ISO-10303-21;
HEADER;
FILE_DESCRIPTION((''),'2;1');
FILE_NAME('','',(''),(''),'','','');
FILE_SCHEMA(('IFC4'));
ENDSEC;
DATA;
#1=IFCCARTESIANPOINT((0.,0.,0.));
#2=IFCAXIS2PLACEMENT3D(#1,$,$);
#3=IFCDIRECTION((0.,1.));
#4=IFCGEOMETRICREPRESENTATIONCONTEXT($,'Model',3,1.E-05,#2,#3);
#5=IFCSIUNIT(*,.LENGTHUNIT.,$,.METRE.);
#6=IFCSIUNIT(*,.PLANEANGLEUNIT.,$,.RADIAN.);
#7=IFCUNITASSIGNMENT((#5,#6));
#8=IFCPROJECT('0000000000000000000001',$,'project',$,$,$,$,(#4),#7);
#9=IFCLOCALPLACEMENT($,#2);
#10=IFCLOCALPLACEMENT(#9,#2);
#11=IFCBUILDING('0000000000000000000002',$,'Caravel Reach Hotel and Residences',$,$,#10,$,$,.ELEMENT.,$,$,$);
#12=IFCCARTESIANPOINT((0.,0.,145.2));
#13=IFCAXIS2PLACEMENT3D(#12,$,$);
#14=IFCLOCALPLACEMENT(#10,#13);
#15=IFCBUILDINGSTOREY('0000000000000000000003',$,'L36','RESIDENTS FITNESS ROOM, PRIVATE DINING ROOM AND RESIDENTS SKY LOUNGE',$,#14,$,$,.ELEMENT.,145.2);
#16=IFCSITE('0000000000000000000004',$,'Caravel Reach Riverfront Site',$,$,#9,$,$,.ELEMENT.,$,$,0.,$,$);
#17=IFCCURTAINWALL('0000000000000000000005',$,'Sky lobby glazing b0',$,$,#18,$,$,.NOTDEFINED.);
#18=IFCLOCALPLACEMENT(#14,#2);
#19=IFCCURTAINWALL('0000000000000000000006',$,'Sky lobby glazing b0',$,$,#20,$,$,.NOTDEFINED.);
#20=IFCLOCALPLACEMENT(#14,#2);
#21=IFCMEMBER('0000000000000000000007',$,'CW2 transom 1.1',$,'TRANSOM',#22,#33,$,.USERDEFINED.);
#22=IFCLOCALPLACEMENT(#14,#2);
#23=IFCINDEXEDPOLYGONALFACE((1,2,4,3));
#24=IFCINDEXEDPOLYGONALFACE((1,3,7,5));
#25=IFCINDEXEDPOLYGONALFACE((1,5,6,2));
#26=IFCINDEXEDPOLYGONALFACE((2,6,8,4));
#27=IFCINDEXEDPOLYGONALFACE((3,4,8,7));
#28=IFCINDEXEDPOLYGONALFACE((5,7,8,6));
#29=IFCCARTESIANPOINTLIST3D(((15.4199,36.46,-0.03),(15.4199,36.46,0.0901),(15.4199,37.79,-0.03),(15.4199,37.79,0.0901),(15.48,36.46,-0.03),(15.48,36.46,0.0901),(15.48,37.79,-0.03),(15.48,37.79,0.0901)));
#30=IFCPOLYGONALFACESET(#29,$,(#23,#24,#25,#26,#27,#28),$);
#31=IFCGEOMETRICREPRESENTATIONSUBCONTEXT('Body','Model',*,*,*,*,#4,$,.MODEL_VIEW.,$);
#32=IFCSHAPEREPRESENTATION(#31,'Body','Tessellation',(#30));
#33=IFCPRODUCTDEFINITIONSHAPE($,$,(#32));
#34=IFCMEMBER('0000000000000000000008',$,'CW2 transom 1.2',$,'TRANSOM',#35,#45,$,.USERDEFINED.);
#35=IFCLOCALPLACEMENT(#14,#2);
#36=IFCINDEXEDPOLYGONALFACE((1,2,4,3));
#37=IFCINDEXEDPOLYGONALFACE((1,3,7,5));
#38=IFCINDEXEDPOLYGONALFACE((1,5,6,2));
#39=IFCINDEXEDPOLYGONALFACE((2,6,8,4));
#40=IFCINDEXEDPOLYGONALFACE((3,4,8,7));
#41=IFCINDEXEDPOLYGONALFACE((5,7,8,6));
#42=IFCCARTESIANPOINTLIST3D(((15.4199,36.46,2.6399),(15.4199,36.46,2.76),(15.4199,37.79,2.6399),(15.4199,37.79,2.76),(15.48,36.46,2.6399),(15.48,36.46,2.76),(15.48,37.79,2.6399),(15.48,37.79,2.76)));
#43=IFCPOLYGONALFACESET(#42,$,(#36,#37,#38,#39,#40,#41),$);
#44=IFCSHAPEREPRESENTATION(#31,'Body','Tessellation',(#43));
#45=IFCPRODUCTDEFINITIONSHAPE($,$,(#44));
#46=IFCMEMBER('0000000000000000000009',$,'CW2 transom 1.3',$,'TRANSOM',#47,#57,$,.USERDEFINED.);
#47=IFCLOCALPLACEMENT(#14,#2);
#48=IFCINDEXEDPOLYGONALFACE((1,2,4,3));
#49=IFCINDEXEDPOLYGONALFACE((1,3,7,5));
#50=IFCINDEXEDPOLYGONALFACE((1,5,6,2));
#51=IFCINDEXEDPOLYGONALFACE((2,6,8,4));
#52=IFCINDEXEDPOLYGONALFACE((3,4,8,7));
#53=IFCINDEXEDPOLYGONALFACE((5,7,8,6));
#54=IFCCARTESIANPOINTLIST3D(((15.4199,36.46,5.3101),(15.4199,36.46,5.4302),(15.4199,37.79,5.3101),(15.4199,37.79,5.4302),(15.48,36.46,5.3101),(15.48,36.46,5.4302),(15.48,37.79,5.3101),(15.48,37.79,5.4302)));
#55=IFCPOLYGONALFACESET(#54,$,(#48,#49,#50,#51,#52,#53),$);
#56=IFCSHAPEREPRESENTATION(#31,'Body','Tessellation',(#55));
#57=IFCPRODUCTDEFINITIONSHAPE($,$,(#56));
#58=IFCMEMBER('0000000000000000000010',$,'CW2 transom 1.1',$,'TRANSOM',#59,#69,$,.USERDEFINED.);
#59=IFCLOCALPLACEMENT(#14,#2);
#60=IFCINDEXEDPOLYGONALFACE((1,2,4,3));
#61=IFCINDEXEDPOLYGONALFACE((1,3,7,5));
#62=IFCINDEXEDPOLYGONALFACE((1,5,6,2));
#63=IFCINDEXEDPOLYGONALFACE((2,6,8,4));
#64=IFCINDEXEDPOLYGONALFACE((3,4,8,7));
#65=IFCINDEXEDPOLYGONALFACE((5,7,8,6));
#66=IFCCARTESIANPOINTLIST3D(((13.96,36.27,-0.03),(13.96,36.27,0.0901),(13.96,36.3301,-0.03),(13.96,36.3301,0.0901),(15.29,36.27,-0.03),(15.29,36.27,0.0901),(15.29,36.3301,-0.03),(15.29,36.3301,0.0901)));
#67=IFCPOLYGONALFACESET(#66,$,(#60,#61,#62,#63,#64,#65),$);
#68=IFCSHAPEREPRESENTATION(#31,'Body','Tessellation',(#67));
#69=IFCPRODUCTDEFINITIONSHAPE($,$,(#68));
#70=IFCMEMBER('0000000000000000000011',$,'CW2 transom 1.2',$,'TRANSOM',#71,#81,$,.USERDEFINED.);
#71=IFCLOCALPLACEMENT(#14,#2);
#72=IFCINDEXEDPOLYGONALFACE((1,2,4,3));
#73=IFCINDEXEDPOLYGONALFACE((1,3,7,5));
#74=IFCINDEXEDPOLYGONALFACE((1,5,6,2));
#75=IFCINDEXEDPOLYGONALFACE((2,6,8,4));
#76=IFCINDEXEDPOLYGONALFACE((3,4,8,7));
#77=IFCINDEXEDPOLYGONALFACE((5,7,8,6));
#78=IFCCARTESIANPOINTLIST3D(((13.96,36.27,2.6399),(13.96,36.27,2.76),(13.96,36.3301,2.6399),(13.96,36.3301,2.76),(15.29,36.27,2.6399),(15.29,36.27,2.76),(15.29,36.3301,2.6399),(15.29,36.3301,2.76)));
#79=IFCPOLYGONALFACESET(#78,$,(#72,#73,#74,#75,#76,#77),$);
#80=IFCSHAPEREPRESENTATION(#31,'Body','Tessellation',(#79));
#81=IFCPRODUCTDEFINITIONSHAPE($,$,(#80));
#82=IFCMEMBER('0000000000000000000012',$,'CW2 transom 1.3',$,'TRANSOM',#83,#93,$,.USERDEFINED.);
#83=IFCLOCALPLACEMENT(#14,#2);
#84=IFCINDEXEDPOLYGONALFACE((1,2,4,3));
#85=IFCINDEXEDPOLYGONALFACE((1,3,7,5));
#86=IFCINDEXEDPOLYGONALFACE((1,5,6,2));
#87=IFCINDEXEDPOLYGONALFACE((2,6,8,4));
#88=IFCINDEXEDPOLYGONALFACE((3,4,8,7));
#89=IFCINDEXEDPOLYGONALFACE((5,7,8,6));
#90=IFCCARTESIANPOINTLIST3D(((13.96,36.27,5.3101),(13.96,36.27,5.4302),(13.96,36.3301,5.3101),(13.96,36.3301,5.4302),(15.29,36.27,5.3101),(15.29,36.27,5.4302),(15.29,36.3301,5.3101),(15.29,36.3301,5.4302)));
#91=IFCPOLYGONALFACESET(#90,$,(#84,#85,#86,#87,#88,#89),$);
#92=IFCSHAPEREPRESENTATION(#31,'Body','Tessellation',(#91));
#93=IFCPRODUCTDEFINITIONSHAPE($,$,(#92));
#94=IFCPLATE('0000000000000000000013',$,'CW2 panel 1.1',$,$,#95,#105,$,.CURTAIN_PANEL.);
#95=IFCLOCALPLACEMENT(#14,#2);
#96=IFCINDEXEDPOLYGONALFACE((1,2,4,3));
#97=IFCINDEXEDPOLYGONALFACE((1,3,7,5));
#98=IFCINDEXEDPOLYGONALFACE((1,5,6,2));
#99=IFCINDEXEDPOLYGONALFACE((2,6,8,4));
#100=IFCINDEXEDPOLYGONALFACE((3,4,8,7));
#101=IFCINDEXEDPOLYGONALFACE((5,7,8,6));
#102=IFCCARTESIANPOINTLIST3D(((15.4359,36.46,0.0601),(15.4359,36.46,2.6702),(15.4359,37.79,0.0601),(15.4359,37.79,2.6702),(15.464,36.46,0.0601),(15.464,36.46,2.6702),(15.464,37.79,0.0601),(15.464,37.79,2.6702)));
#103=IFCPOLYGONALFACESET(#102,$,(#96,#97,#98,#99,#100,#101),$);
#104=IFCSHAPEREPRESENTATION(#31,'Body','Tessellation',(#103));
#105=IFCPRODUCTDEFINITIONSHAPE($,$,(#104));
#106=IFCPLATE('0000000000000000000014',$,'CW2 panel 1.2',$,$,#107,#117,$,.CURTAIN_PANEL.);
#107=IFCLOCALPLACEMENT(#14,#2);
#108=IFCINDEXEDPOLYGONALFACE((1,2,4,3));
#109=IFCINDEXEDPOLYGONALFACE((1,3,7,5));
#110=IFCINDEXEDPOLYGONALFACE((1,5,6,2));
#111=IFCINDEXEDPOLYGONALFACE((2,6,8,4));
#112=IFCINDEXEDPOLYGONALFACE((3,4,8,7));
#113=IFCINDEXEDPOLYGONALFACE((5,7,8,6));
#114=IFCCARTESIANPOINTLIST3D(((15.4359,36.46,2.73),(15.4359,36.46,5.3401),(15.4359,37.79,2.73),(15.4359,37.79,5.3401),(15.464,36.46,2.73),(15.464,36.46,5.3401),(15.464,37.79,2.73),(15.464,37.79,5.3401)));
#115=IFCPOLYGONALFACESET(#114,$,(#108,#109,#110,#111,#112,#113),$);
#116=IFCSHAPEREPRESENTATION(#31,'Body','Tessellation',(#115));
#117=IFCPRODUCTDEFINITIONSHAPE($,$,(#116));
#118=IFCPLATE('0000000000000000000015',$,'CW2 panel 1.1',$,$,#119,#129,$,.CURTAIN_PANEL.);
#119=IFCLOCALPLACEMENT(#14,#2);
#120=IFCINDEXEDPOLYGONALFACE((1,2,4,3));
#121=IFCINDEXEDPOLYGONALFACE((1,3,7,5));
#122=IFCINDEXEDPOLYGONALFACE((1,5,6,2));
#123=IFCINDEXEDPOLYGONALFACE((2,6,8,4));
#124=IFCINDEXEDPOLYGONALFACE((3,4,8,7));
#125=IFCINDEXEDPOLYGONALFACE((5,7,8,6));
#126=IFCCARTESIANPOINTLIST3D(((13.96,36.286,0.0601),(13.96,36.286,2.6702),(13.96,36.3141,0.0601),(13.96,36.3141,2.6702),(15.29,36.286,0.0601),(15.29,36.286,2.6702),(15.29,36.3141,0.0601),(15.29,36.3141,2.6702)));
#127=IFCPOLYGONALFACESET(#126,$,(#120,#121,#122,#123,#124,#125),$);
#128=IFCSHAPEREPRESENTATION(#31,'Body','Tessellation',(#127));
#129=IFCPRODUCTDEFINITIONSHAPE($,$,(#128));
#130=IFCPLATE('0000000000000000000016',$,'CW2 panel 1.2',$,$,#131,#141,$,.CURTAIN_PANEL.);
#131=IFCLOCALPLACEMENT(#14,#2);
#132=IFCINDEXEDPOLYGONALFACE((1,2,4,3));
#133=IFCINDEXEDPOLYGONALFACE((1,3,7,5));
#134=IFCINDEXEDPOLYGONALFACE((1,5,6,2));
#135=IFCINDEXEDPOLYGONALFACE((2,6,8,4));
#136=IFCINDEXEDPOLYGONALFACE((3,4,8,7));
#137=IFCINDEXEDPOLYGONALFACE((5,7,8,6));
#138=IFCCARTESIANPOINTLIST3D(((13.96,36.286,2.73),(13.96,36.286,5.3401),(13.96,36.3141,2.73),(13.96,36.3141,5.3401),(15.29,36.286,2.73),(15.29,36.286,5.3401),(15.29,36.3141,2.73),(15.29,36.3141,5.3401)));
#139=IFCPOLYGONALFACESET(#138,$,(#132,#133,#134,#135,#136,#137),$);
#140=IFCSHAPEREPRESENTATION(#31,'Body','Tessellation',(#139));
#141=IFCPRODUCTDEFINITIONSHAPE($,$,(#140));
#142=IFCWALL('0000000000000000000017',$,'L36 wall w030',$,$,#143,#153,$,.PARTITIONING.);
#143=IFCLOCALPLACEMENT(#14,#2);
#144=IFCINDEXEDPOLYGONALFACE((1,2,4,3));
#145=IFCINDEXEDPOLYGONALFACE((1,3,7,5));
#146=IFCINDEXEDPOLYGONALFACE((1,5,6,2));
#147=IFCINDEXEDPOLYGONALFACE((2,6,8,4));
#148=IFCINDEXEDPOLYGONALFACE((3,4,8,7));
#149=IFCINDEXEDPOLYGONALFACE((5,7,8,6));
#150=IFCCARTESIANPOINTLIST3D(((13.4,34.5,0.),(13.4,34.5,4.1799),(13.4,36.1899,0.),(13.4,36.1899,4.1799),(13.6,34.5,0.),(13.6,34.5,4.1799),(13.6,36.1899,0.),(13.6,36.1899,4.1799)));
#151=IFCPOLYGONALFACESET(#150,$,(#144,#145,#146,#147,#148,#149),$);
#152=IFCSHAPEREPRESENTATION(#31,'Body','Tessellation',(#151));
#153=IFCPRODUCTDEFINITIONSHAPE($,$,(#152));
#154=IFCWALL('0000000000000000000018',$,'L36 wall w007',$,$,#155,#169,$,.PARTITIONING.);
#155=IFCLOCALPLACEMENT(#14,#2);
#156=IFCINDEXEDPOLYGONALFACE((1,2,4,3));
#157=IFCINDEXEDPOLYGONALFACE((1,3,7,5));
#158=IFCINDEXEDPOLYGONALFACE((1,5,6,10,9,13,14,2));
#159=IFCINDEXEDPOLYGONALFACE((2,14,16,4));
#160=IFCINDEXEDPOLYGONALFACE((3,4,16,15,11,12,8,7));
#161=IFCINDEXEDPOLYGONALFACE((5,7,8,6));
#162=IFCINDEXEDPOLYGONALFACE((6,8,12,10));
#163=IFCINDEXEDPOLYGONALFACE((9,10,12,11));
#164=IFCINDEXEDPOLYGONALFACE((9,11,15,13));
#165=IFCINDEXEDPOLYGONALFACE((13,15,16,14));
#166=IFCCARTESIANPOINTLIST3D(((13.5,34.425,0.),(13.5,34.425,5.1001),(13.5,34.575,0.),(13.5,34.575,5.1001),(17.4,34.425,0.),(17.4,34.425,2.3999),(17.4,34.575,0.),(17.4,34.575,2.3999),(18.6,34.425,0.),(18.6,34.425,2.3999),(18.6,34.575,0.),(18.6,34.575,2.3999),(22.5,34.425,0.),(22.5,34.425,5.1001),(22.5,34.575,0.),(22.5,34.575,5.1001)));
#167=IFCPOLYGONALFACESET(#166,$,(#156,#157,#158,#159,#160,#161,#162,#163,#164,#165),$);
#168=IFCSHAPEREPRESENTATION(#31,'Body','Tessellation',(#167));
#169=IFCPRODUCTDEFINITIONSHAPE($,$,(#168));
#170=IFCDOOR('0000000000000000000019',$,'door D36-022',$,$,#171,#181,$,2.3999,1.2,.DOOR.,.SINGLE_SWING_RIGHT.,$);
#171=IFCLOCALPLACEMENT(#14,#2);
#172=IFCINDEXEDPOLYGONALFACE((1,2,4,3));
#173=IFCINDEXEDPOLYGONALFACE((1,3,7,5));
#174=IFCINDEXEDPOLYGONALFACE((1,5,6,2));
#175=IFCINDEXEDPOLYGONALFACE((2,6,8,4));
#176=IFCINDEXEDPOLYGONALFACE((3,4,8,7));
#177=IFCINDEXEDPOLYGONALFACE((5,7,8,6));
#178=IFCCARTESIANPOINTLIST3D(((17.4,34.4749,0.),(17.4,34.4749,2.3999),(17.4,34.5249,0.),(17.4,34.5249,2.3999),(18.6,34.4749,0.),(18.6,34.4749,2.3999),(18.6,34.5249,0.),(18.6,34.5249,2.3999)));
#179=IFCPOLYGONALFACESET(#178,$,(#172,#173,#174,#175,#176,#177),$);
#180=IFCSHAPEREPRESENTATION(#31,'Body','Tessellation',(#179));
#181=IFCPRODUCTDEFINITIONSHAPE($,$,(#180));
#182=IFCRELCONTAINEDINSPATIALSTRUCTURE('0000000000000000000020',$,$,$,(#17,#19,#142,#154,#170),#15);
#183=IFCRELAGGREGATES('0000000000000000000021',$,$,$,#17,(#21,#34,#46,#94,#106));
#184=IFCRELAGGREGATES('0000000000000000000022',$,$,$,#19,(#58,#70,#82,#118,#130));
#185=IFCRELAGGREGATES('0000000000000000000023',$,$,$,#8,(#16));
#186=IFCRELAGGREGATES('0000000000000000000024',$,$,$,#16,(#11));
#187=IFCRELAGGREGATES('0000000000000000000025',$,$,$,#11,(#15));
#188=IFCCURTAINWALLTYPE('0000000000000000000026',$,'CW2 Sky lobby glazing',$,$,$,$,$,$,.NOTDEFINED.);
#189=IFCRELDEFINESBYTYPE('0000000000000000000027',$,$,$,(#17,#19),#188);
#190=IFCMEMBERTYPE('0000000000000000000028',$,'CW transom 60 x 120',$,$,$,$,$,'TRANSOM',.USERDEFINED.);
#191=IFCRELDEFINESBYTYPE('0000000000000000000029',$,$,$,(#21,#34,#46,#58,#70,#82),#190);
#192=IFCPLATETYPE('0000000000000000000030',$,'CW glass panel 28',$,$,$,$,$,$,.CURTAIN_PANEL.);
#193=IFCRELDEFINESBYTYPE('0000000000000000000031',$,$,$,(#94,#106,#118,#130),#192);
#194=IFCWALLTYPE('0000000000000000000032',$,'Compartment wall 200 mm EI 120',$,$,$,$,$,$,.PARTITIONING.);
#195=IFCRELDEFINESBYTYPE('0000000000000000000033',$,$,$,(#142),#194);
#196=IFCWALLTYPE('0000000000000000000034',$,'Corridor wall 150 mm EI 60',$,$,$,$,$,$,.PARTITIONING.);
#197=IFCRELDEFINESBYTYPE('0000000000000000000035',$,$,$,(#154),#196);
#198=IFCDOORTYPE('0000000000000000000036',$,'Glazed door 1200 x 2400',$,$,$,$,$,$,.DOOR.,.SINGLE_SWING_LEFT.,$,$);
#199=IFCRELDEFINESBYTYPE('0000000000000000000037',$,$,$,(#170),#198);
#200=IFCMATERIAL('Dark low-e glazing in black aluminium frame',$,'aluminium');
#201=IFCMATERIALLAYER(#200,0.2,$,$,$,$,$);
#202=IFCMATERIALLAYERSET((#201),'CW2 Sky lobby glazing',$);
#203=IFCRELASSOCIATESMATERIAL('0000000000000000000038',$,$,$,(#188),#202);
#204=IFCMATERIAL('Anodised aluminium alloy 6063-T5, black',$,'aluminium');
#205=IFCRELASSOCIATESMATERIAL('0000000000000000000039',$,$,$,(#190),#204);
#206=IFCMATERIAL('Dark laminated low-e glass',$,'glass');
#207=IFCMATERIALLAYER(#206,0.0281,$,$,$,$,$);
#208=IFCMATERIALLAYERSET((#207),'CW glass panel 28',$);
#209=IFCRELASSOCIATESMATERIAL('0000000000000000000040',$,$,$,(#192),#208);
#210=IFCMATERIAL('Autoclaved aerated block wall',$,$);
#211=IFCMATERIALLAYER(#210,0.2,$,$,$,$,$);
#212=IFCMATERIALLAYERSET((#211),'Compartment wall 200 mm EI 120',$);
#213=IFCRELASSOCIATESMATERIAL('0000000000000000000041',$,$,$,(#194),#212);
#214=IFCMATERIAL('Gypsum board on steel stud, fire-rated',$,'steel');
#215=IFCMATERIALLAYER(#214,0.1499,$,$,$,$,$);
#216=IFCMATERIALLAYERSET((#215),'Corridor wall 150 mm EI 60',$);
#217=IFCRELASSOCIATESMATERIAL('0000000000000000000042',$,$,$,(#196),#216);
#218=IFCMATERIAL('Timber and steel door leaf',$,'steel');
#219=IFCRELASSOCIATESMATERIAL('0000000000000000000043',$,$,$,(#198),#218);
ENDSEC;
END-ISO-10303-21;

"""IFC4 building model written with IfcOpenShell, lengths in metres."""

from ifc_helpers import new_model, si_unit, direction, frame, frame_2d, origin, origin_2d, place, context, subcontext, project, spatial, rectangle, extrude, material, layer, layer_set, material_profile, profile_set, type_object, element, fill, aggregate, save


model = new_model("IFC4")

# Units and contexts
model_context = context("Model", 3, precision=1e-05, world=origin(), true_north=direction((0.0, 1.0)))
body_context = subcontext(model_context, "Body", "Model", "MODEL_VIEW")
ifc_project = project(units=[si_unit("LENGTHUNIT", "METRE"), si_unit("PLANEANGLEUNIT", "RADIAN")], contexts=[model_context])

# Site, building, storey
site_placement = place(None, origin())
site = spatial("IfcSite", under=ifc_project, at=site_placement, Name="Caravel Reach Riverfront Site", CompositionType="ELEMENT", RefElevation=0.0)
building_placement = place(site_placement, origin())
building = spatial("IfcBuilding", under=site, at=building_placement, Name="Caravel Reach Hotel and Residences", CompositionType="ELEMENT")
storey_placement = place(building_placement, frame((0.0, 0.0, 145.2)))
storey = spatial("IfcBuildingStorey", under=building, at=storey_placement, Name="L36", Description="RESIDENTS FITNESS ROOM, PRIVATE DINING ROOM AND RESIDENTS SKY LOUNGE", CompositionType="ELEMENT", Elevation=145.2)

# Curtain wall
ifc_material_1 = material(Name="Dark low-e glazing in black aluminium frame", Category="aluminium")
ifc_layer_1 = layer(ifc_material_1, 0.2)
ifc_layer_set_1 = layer_set([ifc_layer_1], Name="CW2 Sky lobby glazing")
curtain_wall_type = type_object("IfcCurtainWallType", Name="CW2 Sky lobby glazing", PredefinedType="NOTDEFINED", material=ifc_layer_set_1)
curtain_wall_1_placement = place(storey_placement, origin())
curtain_wall_1 = element("IfcCurtainWall", 1, at=curtain_wall_1_placement, inside=storey, type_object=curtain_wall_type, Name="Sky lobby glazing b0", PredefinedType="NOTDEFINED")

# Curtain wall
curtain_wall_2_placement = place(storey_placement, origin())
curtain_wall_2 = element("IfcCurtainWall", 2, at=curtain_wall_2_placement, inside=storey, type_object=curtain_wall_type, Name="Sky lobby glazing b0", PredefinedType="NOTDEFINED")

# Members
ifc_material_2 = material(Name="Anodised aluminium alloy 6063-T5, black", Category="aluminium")
ifc_material_profile_1 = material_profile(ifc_material_2, rectangle(XDim=0.0601, YDim=0.1201, at=origin_2d()), Name="CW transom 60 x 120")
ifc_profile_set_1 = profile_set([ifc_material_profile_1], Name="Anodised aluminium alloy 6063-T5, black")
member_type_1 = type_object("IfcMemberType", Name="CW transom 60 x 120", ElementType="TRANSOM", PredefinedType="USERDEFINED", material=ifc_profile_set_1)
member_1_placement = place(storey_placement, frame((15.45, 37.79, 0.03), z_axis=(0.0, -1.0, 0.0), x_axis=(1.0, 0.0, 0.0)))
member_1 = element("IfcMember", 3, at=member_1_placement, type_object=member_type_1, Name="CW2 transom 1.1", ObjectType="TRANSOM", PredefinedType="USERDEFINED", context=body_context, shape_type="SweptSolid", body=[
    extrude(rectangle(XDim=0.0601, YDim=0.1201, at=origin_2d()), origin(), (0.0, 0.0, 1.0), 1.3301),
])
member_2_placement = place(storey_placement, frame((15.45, 37.79, 2.7), z_axis=(0.0, -1.0, 0.0), x_axis=(1.0, 0.0, 0.0)))
member_2 = element("IfcMember", 4, at=member_2_placement, type_object=member_type_1, Name="CW2 transom 1.2", ObjectType="TRANSOM", PredefinedType="USERDEFINED", context=body_context, shape_type="SweptSolid", body=[
    extrude(rectangle(XDim=0.0601, YDim=0.1201, at=origin_2d()), origin(), (0.0, 0.0, 1.0), 1.3301),
])
member_3_placement = place(storey_placement, frame((15.45, 37.79, 5.3701), z_axis=(0.0, -1.0, 0.0), x_axis=(1.0, 0.0, 0.0)))
member_3 = element("IfcMember", 5, at=member_3_placement, type_object=member_type_1, Name="CW2 transom 1.3", ObjectType="TRANSOM", PredefinedType="USERDEFINED", context=body_context, shape_type="SweptSolid", body=[
    extrude(rectangle(XDim=0.0601, YDim=0.1201, at=origin_2d()), origin(), (0.0, 0.0, 1.0), 1.3301),
])
member_4_placement = place(storey_placement, frame((15.29, 36.3, 0.03), z_axis=(-1.0, 0.0, 0.0), x_axis=(0.0, -1.0, 0.0)))
member_4 = element("IfcMember", 6, at=member_4_placement, type_object=member_type_1, Name="CW2 transom 1.1", ObjectType="TRANSOM", PredefinedType="USERDEFINED", context=body_context, shape_type="SweptSolid", body=[
    extrude(rectangle(XDim=0.0601, YDim=0.1201, at=origin_2d()), origin(), (0.0, 0.0, 1.0), 1.3301),
])
member_5_placement = place(storey_placement, frame((15.29, 36.3, 2.7), z_axis=(-1.0, 0.0, 0.0), x_axis=(0.0, -1.0, 0.0)))
member_5 = element("IfcMember", 7, at=member_5_placement, type_object=member_type_1, Name="CW2 transom 1.2", ObjectType="TRANSOM", PredefinedType="USERDEFINED", context=body_context, shape_type="SweptSolid", body=[
    extrude(rectangle(XDim=0.0601, YDim=0.1201, at=origin_2d()), origin(), (0.0, 0.0, 1.0), 1.3301),
])
member_6_placement = place(storey_placement, frame((15.29, 36.3, 5.3701), z_axis=(-1.0, 0.0, 0.0), x_axis=(0.0, -1.0, 0.0)))
member_6 = element("IfcMember", 8, at=member_6_placement, type_object=member_type_1, Name="CW2 transom 1.3", ObjectType="TRANSOM", PredefinedType="USERDEFINED", context=body_context, shape_type="SweptSolid", body=[
    extrude(rectangle(XDim=0.0601, YDim=0.1201, at=origin_2d()), origin(), (0.0, 0.0, 1.0), 1.3301),
])

# Plates
ifc_material_3 = material(Name="Dark laminated low-e glass", Category="glass")
ifc_layer_2 = layer(ifc_material_3, 0.0281)
ifc_layer_set_2 = layer_set([ifc_layer_2], Name="CW glass panel 28")
plate_type = type_object("IfcPlateType", Name="CW glass panel 28", PredefinedType="CURTAIN_PANEL", material=ifc_layer_set_2)
plate_1_placement = place(storey_placement, frame((15.45, 37.125, 0.0601), z_axis=(0.0, 0.0, 1.0), x_axis=(0.0, -1.0, 0.0)))
plate_1 = element("IfcPlate", 9, at=plate_1_placement, type_object=plate_type, Name="CW2 panel 1.1", PredefinedType="CURTAIN_PANEL", context=body_context, shape_type="SweptSolid", body=[
    extrude(rectangle(XDim=1.3301, YDim=0.0281, at=origin_2d()), origin(), (0.0, 0.0, 1.0), 2.6101),
])
plate_2_placement = place(storey_placement, frame((15.45, 37.125, 2.73), z_axis=(0.0, 0.0, 1.0), x_axis=(0.0, -1.0, 0.0)))
plate_2 = element("IfcPlate", 10, at=plate_2_placement, type_object=plate_type, Name="CW2 panel 1.2", PredefinedType="CURTAIN_PANEL", context=body_context, shape_type="SweptSolid", body=[
    extrude(rectangle(XDim=1.3301, YDim=0.0281, at=origin_2d()), origin(), (0.0, 0.0, 1.0), 2.6101),
])
aggregate(curtain_wall_1, [member_1, member_2, member_3, plate_1, plate_2])
plate_3_placement = place(storey_placement, frame((14.625, 36.3, 0.0601), z_axis=(0.0, 0.0, 1.0), x_axis=(-1.0, 0.0, 0.0)))
plate_3 = element("IfcPlate", 11, at=plate_3_placement, type_object=plate_type, Name="CW2 panel 1.1", PredefinedType="CURTAIN_PANEL", context=body_context, shape_type="SweptSolid", body=[
    extrude(rectangle(XDim=1.3301, YDim=0.0281, at=origin_2d()), origin(), (0.0, 0.0, 1.0), 2.6101),
])
plate_4_placement = place(storey_placement, frame((14.625, 36.3, 2.73), z_axis=(0.0, 0.0, 1.0), x_axis=(-1.0, 0.0, 0.0)))
plate_4 = element("IfcPlate", 12, at=plate_4_placement, type_object=plate_type, Name="CW2 panel 1.2", PredefinedType="CURTAIN_PANEL", context=body_context, shape_type="SweptSolid", body=[
    extrude(rectangle(XDim=1.3301, YDim=0.0281, at=origin_2d()), origin(), (0.0, 0.0, 1.0), 2.6101),
])
aggregate(curtain_wall_2, [member_4, member_5, member_6, plate_3, plate_4])

# Wall
ifc_material_4 = material(Name="Autoclaved aerated block wall")
ifc_layer_3 = layer(ifc_material_4, 0.2)
ifc_layer_set_3 = layer_set([ifc_layer_3], Name="Compartment wall 200 mm EI 120")
wall_type_1 = type_object("IfcWallType", Name="Compartment wall 200 mm EI 120", PredefinedType="PARTITIONING", material=ifc_layer_set_3)
wall_1_placement = place(storey_placement, frame((13.5, 34.5, 0.0), z_axis=(0.0, 0.0, 1.0), x_axis=(0.0, 1.0, 0.0)))
element("IfcWall", 13, at=wall_1_placement, inside=storey, type_object=wall_type_1, Name="L36 wall w030", PredefinedType="PARTITIONING", context=body_context, shape_type="SweptSolid", body=[
    extrude(rectangle(XDim=1.6899, YDim=0.2, at=frame_2d((0.845, 0.0))), origin(), (0.0, 0.0, 1.0), 4.1799),
])

# Wall, opening, door
ifc_material_5 = material(Name="Gypsum board on steel stud, fire-rated", Category="steel")
ifc_layer_4 = layer(ifc_material_5, 0.1499)
ifc_layer_set_4 = layer_set([ifc_layer_4], Name="Corridor wall 150 mm EI 60")
wall_type_2 = type_object("IfcWallType", Name="Corridor wall 150 mm EI 60", PredefinedType="PARTITIONING", material=ifc_layer_set_4)
wall_2_placement = place(storey_placement, frame((13.5, 34.5, 0.0), z_axis=(0.0, 0.0, 1.0), x_axis=(1.0, 0.0, 0.0)))
wall_2 = element("IfcWall", 14, at=wall_2_placement, inside=storey, type_object=wall_type_2, Name="L36 wall w007", PredefinedType="PARTITIONING", context=body_context, shape_type="SweptSolid", body=[
    extrude(rectangle(XDim=9.0, YDim=0.1499, at=frame_2d((4.5, 0.0))), origin(), (0.0, 0.0, 1.0), 5.1001),
])
opening_placement = place(wall_2_placement, frame((3.8999, 0.0, 0.0)))
opening = element("IfcOpeningElement", 15, at=opening_placement, cuts=wall_2, PredefinedType="OPENING", context=body_context, shape_type="SweptSolid", body=[
    extrude(rectangle(XDim=1.2, YDim=2.3999, at=frame_2d((0.6001, 1.2))), frame((0.0, 0.085, 0.0), z_axis=(0.0, -1.0, 0.0), x_axis=(1.0, 0.0, 0.0)), (0.0, 0.0, 1.0), 0.1699),
])
ifc_material_6 = material(Name="Timber and steel door leaf", Category="steel")
door_type = type_object("IfcDoorType", Name="Glazed door 1200 x 2400", OperationType="SINGLE_SWING_LEFT", PredefinedType="DOOR", material=ifc_material_6)
door_placement = place(opening_placement, origin())
door = element("IfcDoor", 16, at=door_placement, inside=storey, type_object=door_type, Name="door D36-022", OperationType="SINGLE_SWING_RIGHT", OverallHeight=2.3999, OverallWidth=1.2, PredefinedType="DOOR", context=body_context, shape_type="SweptSolid", body=[
    extrude(rectangle(XDim=1.2, YDim=2.3999, at=frame_2d((0.6001, 1.2))), frame((0.0, 0.0249, 0.0), z_axis=(0.0, -1.0, 0.0), x_axis=(1.0, 0.0, 0.0)), (0.0, 0.0, 1.0), 0.05),
])
fill(opening, door)

save(model, "model.ifc")
